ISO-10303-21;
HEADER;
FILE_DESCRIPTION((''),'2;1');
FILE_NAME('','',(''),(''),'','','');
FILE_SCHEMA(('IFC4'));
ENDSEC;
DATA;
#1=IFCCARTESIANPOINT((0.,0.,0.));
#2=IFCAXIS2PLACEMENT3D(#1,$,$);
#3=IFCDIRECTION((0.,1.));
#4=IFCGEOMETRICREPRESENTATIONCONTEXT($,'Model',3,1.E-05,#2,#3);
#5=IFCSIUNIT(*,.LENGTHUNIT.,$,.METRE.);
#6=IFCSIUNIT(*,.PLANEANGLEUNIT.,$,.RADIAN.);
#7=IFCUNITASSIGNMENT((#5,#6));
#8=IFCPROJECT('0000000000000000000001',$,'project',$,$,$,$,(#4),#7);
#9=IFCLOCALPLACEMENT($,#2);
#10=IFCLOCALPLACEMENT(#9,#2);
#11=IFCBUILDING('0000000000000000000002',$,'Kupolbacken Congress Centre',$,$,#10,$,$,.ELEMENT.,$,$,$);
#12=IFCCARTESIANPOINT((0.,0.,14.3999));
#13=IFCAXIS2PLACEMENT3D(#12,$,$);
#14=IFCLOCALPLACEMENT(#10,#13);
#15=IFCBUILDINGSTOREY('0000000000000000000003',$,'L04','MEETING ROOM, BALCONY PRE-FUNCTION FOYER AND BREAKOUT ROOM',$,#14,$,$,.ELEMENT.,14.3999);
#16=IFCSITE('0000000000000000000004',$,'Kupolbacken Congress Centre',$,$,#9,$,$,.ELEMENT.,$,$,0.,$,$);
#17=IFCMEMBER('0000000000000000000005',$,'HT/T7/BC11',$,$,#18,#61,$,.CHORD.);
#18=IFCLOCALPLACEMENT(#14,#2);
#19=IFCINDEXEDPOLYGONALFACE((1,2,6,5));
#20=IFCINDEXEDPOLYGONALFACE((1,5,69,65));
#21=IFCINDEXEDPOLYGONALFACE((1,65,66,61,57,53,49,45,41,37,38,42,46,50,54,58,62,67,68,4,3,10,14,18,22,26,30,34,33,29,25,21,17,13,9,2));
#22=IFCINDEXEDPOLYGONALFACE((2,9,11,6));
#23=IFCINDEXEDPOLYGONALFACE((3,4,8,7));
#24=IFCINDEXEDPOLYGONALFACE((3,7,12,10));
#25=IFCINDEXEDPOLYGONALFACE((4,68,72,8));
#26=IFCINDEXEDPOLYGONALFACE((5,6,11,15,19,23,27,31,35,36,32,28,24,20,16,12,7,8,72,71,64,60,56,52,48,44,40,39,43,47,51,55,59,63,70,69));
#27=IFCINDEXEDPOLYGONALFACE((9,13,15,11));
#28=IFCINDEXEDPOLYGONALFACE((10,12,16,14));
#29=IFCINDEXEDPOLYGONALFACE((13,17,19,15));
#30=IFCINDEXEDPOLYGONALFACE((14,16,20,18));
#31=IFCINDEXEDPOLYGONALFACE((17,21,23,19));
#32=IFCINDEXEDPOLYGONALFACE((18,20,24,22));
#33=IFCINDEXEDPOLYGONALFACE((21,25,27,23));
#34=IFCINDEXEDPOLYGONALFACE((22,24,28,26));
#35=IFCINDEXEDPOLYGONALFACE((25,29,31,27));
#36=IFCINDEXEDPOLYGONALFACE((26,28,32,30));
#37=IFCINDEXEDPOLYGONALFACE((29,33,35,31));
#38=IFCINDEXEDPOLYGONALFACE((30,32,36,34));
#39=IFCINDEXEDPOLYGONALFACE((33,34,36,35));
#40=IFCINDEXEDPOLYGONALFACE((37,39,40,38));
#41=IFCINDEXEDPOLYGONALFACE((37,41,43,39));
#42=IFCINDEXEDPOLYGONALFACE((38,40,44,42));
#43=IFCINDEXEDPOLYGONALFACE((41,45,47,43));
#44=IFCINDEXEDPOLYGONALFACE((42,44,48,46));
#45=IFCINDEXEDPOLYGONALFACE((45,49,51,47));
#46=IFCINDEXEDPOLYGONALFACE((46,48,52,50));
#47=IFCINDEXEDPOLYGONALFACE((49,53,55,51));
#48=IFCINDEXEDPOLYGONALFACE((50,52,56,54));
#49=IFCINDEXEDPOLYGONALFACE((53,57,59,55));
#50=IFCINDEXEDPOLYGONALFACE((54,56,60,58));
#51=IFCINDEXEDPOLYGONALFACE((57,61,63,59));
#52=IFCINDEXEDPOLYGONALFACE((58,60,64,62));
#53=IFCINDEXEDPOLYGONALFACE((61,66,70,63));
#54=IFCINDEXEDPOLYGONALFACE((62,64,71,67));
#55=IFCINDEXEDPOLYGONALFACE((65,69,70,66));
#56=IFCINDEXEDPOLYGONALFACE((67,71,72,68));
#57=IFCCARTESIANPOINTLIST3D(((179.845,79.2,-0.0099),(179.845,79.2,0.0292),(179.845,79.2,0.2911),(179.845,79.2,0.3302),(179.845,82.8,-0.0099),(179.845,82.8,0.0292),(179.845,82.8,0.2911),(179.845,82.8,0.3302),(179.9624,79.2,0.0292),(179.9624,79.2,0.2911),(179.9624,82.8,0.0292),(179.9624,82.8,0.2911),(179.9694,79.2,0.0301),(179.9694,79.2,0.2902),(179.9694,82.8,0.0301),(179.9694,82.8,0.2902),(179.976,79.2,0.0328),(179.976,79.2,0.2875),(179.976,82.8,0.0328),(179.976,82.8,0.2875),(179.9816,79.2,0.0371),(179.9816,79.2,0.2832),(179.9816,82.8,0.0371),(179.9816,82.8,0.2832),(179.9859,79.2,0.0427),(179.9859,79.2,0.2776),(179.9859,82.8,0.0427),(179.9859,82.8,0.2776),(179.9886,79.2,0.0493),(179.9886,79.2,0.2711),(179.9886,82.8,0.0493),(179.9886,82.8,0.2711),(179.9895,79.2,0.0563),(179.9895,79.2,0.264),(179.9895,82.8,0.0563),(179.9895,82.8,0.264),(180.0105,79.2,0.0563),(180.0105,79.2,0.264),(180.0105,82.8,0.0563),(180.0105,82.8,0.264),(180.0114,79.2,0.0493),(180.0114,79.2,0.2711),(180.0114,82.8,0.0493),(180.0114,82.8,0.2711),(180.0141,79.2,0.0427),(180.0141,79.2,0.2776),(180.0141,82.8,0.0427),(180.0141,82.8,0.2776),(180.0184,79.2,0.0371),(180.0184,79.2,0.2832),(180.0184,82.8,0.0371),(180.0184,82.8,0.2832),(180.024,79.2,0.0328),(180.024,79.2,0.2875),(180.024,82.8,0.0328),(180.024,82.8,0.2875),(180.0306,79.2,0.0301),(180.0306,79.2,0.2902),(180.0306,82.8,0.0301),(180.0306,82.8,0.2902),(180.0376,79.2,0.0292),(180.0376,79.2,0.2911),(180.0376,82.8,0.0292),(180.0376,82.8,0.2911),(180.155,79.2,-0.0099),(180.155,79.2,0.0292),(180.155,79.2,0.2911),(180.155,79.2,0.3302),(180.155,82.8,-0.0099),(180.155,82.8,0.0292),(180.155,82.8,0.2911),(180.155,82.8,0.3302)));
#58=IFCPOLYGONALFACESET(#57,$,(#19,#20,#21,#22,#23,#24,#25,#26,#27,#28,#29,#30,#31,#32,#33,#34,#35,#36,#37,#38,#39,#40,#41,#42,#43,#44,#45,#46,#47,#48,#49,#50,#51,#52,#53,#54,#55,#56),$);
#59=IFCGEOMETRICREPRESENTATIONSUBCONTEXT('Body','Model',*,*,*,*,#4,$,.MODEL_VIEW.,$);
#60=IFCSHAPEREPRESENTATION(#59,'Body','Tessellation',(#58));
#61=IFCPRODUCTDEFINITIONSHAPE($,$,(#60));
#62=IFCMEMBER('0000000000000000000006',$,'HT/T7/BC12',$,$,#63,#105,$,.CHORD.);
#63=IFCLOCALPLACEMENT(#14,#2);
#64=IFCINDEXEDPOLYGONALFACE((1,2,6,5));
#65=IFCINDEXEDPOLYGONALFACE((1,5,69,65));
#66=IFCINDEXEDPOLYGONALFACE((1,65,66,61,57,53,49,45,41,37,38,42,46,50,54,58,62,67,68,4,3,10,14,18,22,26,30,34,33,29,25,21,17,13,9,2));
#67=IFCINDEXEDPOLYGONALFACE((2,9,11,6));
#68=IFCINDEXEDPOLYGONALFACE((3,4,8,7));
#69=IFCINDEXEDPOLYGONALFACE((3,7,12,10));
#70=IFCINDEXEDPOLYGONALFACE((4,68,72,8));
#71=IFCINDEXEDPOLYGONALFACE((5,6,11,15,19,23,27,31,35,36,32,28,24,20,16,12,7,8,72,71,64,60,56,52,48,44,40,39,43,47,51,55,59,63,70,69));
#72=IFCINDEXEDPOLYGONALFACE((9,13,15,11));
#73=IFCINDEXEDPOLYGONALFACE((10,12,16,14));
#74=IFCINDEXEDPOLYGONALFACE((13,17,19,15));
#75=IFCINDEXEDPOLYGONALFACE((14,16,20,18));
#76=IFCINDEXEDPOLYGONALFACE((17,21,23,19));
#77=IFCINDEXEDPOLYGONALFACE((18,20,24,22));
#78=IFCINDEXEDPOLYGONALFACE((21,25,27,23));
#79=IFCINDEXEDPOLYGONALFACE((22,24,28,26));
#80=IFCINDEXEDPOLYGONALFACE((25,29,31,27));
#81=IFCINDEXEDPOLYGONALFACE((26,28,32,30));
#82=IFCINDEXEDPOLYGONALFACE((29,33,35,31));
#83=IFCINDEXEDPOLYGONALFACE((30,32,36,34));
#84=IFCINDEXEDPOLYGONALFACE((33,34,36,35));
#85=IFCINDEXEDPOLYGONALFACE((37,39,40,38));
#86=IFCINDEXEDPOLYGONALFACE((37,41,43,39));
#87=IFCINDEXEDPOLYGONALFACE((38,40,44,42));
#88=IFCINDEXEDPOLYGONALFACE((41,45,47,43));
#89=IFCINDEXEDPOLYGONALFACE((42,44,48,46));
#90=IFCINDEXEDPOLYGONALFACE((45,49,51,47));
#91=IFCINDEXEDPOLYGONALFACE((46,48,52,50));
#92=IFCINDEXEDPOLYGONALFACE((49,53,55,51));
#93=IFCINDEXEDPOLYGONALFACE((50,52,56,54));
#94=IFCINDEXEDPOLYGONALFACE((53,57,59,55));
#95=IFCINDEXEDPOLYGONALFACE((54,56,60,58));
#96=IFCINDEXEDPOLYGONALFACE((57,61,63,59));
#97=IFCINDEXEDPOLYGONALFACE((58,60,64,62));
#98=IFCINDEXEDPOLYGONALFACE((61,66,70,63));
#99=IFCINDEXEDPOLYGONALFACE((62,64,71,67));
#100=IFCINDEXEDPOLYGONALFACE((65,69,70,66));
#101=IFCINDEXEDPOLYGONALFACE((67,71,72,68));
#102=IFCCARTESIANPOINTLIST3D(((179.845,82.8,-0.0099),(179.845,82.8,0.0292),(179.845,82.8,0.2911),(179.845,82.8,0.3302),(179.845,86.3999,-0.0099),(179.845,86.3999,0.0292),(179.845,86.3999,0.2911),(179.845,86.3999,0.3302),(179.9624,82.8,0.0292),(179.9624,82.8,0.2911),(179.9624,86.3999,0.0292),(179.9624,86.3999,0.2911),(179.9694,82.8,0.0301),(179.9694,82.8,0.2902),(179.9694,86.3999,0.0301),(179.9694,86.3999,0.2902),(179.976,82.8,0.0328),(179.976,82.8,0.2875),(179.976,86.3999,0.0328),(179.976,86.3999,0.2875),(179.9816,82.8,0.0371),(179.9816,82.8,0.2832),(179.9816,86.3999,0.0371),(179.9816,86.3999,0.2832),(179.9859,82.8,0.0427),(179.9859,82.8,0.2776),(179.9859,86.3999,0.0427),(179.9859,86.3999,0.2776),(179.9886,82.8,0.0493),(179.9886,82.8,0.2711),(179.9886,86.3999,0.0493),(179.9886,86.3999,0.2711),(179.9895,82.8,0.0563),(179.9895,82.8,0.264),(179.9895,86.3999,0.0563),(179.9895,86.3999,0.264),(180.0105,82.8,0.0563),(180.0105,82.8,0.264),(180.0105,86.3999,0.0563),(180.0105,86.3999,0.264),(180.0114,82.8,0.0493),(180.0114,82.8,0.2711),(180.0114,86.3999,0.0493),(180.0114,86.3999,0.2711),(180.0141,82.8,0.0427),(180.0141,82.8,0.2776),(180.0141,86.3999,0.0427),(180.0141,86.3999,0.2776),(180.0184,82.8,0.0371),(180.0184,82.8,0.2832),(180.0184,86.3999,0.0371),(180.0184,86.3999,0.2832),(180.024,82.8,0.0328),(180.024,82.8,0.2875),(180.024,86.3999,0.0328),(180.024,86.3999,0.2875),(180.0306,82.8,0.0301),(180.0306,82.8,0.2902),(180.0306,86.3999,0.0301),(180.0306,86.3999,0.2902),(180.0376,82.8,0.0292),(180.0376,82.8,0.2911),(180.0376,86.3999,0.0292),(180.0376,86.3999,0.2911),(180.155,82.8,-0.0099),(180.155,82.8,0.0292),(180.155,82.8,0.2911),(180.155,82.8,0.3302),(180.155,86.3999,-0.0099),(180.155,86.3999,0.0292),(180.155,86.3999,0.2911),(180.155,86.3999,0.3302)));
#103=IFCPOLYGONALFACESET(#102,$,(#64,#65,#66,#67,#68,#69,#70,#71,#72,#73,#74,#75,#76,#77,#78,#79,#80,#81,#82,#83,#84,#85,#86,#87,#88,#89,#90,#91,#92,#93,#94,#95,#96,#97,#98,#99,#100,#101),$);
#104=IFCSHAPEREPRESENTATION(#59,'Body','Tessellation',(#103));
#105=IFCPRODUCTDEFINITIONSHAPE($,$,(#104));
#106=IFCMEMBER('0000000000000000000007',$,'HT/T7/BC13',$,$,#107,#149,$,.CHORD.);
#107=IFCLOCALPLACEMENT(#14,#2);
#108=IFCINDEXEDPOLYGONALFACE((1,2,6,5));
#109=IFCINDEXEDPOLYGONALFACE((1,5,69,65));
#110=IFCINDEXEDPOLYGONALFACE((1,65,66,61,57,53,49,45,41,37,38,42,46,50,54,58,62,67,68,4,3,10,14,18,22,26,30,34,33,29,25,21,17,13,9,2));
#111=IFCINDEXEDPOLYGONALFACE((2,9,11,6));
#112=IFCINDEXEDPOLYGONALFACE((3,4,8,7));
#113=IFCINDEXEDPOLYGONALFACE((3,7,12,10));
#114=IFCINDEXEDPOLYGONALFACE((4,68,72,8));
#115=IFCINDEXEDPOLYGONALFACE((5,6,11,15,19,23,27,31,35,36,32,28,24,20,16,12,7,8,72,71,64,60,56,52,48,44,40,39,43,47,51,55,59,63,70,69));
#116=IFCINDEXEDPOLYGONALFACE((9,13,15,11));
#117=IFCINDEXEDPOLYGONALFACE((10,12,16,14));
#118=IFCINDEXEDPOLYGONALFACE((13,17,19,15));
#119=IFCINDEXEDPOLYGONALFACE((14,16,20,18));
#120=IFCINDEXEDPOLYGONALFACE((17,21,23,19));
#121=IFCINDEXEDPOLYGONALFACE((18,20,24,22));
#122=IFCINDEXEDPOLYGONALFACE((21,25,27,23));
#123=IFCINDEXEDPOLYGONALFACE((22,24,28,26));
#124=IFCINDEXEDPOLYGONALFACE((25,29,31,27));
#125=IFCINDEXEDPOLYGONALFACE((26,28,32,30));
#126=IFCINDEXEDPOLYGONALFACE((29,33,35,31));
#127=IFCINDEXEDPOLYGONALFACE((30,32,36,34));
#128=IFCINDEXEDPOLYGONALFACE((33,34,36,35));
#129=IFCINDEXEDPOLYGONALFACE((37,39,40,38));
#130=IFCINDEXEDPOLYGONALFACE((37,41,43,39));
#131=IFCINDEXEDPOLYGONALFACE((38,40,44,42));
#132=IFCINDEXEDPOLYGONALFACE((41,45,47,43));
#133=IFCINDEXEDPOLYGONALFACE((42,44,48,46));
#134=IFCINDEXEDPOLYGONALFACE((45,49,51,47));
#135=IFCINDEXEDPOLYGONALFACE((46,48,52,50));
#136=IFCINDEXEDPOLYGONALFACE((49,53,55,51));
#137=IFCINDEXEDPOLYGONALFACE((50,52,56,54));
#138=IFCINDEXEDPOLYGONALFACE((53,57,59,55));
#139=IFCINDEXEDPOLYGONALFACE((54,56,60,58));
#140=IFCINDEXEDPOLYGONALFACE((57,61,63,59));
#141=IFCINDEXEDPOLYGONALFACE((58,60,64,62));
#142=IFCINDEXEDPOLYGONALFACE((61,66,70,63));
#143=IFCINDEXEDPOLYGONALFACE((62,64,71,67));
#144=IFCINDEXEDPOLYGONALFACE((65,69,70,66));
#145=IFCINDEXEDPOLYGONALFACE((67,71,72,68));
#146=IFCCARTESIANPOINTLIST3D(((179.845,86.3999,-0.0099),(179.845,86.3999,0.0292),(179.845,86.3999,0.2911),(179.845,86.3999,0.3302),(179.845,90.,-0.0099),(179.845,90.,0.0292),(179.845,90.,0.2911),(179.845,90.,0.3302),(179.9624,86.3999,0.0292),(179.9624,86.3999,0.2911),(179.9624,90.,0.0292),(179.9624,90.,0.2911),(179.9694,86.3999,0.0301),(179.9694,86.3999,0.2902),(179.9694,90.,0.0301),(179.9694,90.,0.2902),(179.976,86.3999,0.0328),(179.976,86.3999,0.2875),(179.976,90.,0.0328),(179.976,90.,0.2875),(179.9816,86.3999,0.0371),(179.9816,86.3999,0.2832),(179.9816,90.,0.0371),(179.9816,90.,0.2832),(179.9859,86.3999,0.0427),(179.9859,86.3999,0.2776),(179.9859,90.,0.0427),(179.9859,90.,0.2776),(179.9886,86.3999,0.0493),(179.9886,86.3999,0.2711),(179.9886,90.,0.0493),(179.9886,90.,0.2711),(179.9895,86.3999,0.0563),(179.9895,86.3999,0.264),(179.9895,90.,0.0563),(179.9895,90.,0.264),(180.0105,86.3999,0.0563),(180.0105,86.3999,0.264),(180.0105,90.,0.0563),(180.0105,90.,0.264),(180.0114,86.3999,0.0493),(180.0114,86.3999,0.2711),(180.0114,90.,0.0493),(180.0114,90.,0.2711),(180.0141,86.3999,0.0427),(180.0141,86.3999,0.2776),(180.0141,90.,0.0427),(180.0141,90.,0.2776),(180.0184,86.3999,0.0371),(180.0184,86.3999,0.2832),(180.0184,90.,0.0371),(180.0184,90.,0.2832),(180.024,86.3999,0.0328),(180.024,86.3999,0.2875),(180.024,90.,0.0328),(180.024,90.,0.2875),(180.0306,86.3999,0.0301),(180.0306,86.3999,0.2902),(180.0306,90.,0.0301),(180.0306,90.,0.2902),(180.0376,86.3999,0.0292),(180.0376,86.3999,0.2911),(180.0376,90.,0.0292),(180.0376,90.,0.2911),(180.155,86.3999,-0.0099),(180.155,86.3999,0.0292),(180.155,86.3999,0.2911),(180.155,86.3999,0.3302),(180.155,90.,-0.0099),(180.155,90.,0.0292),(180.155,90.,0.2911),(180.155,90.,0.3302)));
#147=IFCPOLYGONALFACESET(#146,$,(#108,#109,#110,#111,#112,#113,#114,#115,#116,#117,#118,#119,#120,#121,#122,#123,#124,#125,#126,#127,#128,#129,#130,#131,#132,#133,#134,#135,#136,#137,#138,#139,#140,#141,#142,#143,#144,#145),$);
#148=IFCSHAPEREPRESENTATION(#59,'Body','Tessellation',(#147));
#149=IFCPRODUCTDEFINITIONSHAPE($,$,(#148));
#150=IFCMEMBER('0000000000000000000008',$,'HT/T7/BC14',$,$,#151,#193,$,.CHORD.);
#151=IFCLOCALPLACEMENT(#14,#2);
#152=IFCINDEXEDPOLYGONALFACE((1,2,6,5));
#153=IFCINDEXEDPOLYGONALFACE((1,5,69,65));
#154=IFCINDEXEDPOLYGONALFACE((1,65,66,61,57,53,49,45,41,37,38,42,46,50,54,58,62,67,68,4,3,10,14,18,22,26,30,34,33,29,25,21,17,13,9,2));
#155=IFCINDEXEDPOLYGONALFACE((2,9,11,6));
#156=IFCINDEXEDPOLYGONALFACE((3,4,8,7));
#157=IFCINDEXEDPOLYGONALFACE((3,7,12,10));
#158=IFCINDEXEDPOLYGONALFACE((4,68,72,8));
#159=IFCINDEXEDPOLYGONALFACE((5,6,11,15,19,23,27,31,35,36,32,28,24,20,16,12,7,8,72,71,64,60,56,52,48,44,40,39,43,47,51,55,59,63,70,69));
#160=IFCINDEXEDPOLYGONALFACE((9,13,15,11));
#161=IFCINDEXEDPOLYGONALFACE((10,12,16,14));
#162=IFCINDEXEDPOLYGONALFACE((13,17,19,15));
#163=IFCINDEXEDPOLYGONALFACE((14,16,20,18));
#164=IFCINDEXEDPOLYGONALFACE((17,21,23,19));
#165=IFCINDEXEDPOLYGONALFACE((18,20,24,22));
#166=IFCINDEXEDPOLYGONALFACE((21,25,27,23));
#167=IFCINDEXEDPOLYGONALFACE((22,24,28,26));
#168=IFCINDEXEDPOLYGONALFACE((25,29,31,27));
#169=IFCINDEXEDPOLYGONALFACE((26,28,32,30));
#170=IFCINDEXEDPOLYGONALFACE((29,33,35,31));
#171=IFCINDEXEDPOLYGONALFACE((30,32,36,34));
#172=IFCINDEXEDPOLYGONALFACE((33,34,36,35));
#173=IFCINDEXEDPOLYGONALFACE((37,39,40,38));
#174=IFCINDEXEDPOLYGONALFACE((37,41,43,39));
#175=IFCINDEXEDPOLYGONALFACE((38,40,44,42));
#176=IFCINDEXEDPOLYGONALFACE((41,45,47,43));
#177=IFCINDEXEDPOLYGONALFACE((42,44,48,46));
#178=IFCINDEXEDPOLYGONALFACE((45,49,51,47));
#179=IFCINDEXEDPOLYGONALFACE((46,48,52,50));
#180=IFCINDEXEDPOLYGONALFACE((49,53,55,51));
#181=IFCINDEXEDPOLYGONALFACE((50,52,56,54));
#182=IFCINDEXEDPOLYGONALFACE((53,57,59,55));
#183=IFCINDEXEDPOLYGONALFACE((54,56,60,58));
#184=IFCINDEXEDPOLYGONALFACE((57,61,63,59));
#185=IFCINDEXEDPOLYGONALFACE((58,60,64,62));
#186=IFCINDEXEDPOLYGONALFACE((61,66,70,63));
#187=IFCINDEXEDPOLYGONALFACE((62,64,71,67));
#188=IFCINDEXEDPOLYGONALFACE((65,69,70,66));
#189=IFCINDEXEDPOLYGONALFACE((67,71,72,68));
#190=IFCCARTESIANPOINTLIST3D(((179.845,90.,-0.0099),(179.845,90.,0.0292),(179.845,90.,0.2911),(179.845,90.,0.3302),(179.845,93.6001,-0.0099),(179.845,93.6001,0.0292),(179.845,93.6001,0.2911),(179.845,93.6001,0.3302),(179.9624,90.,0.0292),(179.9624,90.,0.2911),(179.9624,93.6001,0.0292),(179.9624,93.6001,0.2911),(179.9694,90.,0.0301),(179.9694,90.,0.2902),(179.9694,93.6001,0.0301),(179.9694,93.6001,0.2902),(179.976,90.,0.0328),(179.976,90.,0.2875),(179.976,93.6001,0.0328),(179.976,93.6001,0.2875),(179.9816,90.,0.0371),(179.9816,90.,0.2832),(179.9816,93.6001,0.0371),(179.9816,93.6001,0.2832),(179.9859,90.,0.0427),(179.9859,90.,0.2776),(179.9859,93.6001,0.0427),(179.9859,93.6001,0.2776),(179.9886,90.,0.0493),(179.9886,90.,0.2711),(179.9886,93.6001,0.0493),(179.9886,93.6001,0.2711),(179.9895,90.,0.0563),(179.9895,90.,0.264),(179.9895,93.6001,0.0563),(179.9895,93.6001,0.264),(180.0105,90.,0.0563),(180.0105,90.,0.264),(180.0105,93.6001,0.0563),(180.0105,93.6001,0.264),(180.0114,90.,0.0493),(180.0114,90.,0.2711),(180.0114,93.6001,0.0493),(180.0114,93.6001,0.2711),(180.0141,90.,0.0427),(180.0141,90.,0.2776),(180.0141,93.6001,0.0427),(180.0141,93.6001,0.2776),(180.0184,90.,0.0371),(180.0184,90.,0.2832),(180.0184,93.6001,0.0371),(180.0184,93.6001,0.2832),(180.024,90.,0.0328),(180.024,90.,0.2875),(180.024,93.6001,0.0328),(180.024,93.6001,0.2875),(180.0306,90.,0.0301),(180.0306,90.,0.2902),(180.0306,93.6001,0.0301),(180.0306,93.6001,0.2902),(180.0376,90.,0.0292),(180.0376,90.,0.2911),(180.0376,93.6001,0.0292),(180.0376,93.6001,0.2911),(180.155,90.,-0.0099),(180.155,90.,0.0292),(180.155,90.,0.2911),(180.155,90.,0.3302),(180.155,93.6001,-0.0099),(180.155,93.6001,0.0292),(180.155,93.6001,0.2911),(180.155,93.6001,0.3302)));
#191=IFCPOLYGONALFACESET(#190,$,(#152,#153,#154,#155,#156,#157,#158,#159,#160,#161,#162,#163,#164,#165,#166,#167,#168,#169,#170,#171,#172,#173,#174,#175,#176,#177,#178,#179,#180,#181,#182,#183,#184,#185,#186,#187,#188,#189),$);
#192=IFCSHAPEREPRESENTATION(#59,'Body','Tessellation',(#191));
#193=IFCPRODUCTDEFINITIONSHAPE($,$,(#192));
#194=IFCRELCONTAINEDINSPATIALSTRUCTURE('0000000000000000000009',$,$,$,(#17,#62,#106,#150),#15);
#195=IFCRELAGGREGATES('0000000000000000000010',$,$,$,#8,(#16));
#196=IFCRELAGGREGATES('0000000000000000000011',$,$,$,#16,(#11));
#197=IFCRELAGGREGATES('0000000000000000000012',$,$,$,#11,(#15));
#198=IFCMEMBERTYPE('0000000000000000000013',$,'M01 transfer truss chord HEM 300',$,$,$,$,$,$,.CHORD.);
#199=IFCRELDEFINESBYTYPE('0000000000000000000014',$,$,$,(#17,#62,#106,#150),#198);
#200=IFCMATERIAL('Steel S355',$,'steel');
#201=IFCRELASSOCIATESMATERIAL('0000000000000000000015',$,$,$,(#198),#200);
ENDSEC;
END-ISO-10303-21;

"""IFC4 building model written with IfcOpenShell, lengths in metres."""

from ifc_helpers import new_model, si_unit, direction, frame, origin, origin_2d, place, context, subcontext, project, spatial, i_section, extrude, material, material_profile, profile_set, type_object, element, save


model = new_model("IFC4")

# Units and contexts
model_context = context("Model", 3, precision=1e-05, world=origin(), true_north=direction((0.0, 1.0)))
body_context = subcontext(model_context, "Body", "Model", "MODEL_VIEW")
ifc_project = project(units=[si_unit("LENGTHUNIT", "METRE"), si_unit("PLANEANGLEUNIT", "RADIAN")], contexts=[model_context])

# Site, building, storey
site_placement = place(None, origin())
site = spatial("IfcSite", under=ifc_project, at=site_placement, Name="Kupolbacken Congress Centre", CompositionType="ELEMENT", RefElevation=0.0)
building_placement = place(site_placement, origin())
building = spatial("IfcBuilding", under=site, at=building_placement, Name="Kupolbacken Congress Centre", CompositionType="ELEMENT")
storey_placement = place(building_placement, frame((0.0, 0.0, 14.3999)))
storey = spatial("IfcBuildingStorey", under=building, at=storey_placement, Name="L04", Description="MEETING ROOM, BALCONY PRE-FUNCTION FOYER AND BREAKOUT ROOM", CompositionType="ELEMENT", Elevation=14.3999)

# Members
ifc_material_1 = material(Name="Steel S355", Category="steel")
ifc_material_profile_1 = material_profile(ifc_material_1, i_section(OverallWidth=0.3101, OverallDepth=0.3401, WebThickness=0.021, FlangeThickness=0.0391, FilletRadius=0.0271, at=origin_2d()), Name="HEM 300")
ifc_profile_set_1 = profile_set([ifc_material_profile_1], Name="Steel S355")
member_type_1 = type_object("IfcMemberType", Name="M01 transfer truss chord HEM 300", PredefinedType="CHORD", material=ifc_profile_set_1)
member_1_placement = place(storey_placement, frame((180.0, 79.2, 0.1602), z_axis=(0.0, 1.0, 0.0), x_axis=(-1.0, 0.0, 0.0)))
element("IfcMember", 1, at=member_1_placement, inside=storey, type_object=member_type_1, Name="HT/T7/BC11", PredefinedType="CHORD", context=body_context, shape_type="SweptSolid", body=[
    extrude(i_section(OverallWidth=0.3101, OverallDepth=0.3401, WebThickness=0.021, FlangeThickness=0.0391, FilletRadius=0.0271, at=origin_2d()), origin(), (0.0, 0.0, 1.0), 3.6001),
])
member_2_placement = place(storey_placement, frame((180.0, 82.8, 0.1602), z_axis=(0.0, 1.0, 0.0), x_axis=(-1.0, 0.0, 0.0)))
element("IfcMember", 2, at=member_2_placement, inside=storey, type_object=member_type_1, Name="HT/T7/BC12", PredefinedType="CHORD", context=body_context, shape_type="SweptSolid", body=[
    extrude(i_section(OverallWidth=0.3101, OverallDepth=0.3401, WebThickness=0.021, FlangeThickness=0.0391, FilletRadius=0.0271, at=origin_2d()), origin(), (0.0, 0.0, 1.0), 3.5999),
])
for number, where, z_axis, x_axis, name in (
    (3, (180.0, 86.3999, 0.1602), (0.0, 1.0, 0.0), (-1.0, 0.0, 0.0), "HT/T7/BC13"),
    (4, (180.0, 90.0, 0.1602), (0.0, 1.0, 0.0), (-1.0, 0.0, 0.0), "HT/T7/BC14"),
):
    element("IfcMember", number, at=place(storey_placement, frame(where, z_axis=z_axis, x_axis=x_axis)), inside=storey, type_object=member_type_1, Name=name, PredefinedType="CHORD", context=body_context, shape_type="SweptSolid", body=[
        extrude(i_section(OverallWidth=0.3101, OverallDepth=0.3401, WebThickness=0.021, FlangeThickness=0.0391, FilletRadius=0.0271, at=origin_2d()), origin(), (0.0, 0.0, 1.0), 3.6001),
    ])

save(model, "model.ifc")
